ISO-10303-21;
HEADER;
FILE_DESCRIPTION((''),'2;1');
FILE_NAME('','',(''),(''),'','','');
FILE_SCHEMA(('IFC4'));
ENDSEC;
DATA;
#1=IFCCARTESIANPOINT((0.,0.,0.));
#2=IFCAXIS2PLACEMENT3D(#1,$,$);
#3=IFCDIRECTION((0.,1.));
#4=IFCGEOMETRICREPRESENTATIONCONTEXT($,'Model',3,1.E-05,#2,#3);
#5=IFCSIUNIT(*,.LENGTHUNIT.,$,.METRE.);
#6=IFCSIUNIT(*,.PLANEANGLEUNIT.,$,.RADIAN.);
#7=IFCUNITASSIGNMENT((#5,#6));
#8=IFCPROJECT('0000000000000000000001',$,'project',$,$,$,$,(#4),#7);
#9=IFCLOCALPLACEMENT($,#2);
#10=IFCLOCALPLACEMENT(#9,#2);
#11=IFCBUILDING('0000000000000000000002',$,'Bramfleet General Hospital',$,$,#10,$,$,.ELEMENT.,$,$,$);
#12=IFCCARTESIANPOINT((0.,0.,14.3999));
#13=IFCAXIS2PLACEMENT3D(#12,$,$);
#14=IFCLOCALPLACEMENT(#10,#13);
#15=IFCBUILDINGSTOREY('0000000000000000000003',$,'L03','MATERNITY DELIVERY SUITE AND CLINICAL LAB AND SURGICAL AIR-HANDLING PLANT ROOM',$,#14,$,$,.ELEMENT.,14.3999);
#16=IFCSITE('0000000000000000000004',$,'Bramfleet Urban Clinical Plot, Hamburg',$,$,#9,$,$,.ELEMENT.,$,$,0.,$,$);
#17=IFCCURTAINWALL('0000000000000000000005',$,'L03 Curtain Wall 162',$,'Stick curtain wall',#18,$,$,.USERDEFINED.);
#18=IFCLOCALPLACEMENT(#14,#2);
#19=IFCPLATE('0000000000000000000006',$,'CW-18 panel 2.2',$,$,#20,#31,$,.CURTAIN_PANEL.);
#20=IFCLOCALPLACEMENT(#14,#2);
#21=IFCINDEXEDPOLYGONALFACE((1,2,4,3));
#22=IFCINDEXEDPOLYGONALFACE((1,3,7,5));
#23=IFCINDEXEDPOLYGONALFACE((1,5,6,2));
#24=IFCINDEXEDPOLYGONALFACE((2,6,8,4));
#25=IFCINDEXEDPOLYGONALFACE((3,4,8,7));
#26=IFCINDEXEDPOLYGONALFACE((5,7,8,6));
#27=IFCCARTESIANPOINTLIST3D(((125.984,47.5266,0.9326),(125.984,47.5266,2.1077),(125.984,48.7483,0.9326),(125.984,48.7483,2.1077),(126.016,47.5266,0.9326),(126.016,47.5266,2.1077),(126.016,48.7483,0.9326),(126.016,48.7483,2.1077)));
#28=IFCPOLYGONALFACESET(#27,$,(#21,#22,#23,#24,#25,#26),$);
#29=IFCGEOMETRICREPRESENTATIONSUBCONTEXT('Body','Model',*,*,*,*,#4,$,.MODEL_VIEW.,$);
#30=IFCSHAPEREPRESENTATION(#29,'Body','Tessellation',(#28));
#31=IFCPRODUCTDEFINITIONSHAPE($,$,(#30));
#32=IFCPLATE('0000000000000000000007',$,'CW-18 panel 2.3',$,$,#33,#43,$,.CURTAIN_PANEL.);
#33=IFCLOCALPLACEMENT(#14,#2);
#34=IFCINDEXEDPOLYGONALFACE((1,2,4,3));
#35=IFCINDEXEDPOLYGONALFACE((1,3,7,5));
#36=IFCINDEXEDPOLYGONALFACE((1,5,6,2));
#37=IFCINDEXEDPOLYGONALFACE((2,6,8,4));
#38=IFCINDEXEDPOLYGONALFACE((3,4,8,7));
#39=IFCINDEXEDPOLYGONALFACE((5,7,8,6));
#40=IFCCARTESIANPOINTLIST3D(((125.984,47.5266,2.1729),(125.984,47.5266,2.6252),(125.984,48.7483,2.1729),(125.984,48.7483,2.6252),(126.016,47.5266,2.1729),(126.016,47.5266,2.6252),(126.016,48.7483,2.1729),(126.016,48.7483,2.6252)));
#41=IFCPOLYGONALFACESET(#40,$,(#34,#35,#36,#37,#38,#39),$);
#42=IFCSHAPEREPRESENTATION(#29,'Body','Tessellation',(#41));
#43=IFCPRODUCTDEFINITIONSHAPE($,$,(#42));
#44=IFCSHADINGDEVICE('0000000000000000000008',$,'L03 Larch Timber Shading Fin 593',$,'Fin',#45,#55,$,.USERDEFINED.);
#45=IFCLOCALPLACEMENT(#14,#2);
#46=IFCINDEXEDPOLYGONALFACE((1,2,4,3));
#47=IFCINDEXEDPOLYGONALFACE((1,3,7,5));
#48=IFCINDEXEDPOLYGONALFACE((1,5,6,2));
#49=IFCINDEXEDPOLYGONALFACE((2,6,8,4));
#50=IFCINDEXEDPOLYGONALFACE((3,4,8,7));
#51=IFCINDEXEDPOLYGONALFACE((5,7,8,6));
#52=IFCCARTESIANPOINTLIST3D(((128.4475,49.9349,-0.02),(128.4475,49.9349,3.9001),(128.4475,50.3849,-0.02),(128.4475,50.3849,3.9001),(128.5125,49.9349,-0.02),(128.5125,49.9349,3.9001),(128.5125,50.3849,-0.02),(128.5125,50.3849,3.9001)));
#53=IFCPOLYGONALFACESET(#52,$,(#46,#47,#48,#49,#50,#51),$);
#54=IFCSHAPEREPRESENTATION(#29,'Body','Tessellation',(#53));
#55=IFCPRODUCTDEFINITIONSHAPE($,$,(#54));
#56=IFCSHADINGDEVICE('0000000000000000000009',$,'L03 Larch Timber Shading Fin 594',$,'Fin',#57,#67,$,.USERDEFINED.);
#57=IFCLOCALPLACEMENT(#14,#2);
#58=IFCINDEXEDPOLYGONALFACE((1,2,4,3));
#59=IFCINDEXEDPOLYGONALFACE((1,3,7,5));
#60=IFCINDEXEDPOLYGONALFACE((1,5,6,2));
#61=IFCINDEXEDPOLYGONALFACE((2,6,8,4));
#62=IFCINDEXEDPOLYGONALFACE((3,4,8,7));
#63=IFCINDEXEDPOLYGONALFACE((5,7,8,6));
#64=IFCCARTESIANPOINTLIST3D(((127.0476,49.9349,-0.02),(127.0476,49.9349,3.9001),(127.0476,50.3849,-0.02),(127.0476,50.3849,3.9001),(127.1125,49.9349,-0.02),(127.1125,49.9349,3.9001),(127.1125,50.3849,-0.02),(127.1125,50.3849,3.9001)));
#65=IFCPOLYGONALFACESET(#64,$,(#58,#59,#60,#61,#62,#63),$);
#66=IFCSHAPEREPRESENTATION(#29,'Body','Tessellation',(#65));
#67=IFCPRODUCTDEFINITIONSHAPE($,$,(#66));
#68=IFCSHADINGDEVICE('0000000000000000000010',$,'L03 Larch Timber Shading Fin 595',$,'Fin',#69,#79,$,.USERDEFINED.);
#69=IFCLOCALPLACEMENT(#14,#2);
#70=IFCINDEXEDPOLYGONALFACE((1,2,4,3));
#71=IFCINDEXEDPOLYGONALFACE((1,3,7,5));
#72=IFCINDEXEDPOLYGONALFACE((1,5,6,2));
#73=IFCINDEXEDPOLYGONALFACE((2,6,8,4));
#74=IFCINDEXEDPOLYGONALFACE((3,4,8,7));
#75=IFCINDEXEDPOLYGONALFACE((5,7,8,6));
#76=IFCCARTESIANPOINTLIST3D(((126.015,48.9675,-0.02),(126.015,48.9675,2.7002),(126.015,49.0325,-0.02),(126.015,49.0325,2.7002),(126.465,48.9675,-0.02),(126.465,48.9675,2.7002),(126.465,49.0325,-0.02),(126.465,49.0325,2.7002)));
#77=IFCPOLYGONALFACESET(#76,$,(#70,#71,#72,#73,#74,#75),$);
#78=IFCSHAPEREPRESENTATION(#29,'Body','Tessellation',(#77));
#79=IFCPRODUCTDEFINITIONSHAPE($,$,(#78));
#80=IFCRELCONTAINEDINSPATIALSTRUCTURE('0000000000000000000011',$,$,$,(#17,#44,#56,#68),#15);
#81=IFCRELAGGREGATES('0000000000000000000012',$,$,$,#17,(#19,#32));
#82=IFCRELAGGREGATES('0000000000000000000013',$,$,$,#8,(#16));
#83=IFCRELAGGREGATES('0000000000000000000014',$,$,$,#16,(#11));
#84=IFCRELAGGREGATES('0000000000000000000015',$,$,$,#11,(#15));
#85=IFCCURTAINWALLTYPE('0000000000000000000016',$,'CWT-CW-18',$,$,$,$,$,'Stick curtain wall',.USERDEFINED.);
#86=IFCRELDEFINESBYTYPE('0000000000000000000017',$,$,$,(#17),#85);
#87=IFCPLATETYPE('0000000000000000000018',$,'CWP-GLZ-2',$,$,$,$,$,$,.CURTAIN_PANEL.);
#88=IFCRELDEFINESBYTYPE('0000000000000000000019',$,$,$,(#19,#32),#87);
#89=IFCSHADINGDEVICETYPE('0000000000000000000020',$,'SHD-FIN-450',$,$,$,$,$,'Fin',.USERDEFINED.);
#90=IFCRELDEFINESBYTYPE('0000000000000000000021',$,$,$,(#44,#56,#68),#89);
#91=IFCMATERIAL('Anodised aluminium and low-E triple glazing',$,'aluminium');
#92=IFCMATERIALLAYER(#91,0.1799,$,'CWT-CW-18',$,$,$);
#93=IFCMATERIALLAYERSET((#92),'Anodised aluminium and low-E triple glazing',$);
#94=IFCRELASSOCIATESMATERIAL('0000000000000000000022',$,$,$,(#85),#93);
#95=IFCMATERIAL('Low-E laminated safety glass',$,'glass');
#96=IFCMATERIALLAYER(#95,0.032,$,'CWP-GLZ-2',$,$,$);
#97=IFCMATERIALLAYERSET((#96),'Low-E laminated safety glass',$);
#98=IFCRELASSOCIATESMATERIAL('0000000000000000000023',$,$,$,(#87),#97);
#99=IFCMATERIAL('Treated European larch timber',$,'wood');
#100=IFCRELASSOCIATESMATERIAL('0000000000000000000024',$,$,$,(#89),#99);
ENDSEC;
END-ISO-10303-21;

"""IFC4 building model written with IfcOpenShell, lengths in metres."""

from ifc_helpers import new_model, si_unit, direction, frame, origin, origin_2d, place, context, subcontext, project, spatial, rectangle, extrude, material, layer, layer_set, material_profile, profile_set, type_object, element, aggregate, save


model = new_model("IFC4")

# Units and contexts
model_context = context("Model", 3, precision=1e-05, world=origin(), true_north=direction((0.0, 1.0)))
body_context = subcontext(model_context, "Body", "Model", "MODEL_VIEW")
ifc_project = project(units=[si_unit("LENGTHUNIT", "METRE"), si_unit("PLANEANGLEUNIT", "RADIAN")], contexts=[model_context])

# Site, building, storey
site_placement = place(None, origin())
site = spatial("IfcSite", under=ifc_project, at=site_placement, Name="Bramfleet Urban Clinical Plot, Hamburg", CompositionType="ELEMENT", RefElevation=0.0)
building_placement = place(site_placement, origin())
building = spatial("IfcBuilding", under=site, at=building_placement, Name="Bramfleet General Hospital", CompositionType="ELEMENT")
storey_placement = place(building_placement, frame((0.0, 0.0, 14.3999)))
storey = spatial("IfcBuildingStorey", under=building, at=storey_placement, Name="L03", Description="MATERNITY DELIVERY SUITE AND CLINICAL LAB AND SURGICAL AIR-HANDLING PLANT ROOM", CompositionType="ELEMENT", Elevation=14.3999)

# Curtain wall
ifc_material_1 = material(Name="Anodised aluminium and low-E triple glazing", Category="aluminium")
ifc_layer_1 = layer(ifc_material_1, 0.1799, Name="CWT-CW-18")
ifc_layer_set_1 = layer_set([ifc_layer_1], Name="Anodised aluminium and low-E triple glazing")
curtain_wall_type_1 = type_object("IfcCurtainWallType", Name="CWT-CW-18", ElementType="Stick curtain wall", PredefinedType="USERDEFINED", material=ifc_layer_set_1)
curtain_wall_1_placement = place(storey_placement, origin())
curtain_wall_1 = element("IfcCurtainWall", 1, at=curtain_wall_1_placement, inside=storey, type_object=curtain_wall_type_1, Name="L03 Curtain Wall 162", ObjectType="Stick curtain wall", PredefinedType="USERDEFINED")

# Plates
ifc_material_2 = material(Name="Low-E laminated safety glass", Category="glass")
ifc_layer_2 = layer(ifc_material_2, 0.032, Name="CWP-GLZ-2")
ifc_layer_set_2 = layer_set([ifc_layer_2], Name="Low-E laminated safety glass")
plate_type_1 = type_object("IfcPlateType", Name="CWP-GLZ-2", PredefinedType="CURTAIN_PANEL", material=ifc_layer_set_2)
plate_1_placement = place(storey_placement, frame((126.0, 48.1375, 0.9326), z_axis=(0.0, 0.0, 1.0), x_axis=(0.0, -1.0, 0.0)))
plate_1 = element("IfcPlate", 2, at=plate_1_placement, type_object=plate_type_1, Name="CW-18 panel 2.2", PredefinedType="CURTAIN_PANEL", context=body_context, shape_type="SweptSolid", body=[
    extrude(rectangle(XDim=1.2217, YDim=0.032, at=origin_2d()), origin(), (0.0, 0.0, 1.0), 1.175),
])
plate_2_placement = place(storey_placement, frame((126.0, 48.1375, 2.1729), z_axis=(0.0, 0.0, 1.0), x_axis=(0.0, -1.0, 0.0)))
plate_2 = element("IfcPlate", 3, at=plate_2_placement, type_object=plate_type_1, Name="CW-18 panel 2.3", PredefinedType="CURTAIN_PANEL", context=body_context, shape_type="SweptSolid", body=[
    extrude(rectangle(XDim=1.2217, YDim=0.032, at=origin_2d()), origin(), (0.0, 0.0, 1.0), 0.4524),
])
aggregate(curtain_wall_1, [plate_1, plate_2])

# Shading devices
ifc_material_3 = material(Name="Treated European larch timber", Category="wood")
ifc_material_profile_1 = material_profile(ifc_material_3, rectangle(XDim=0.0649, YDim=0.45, at=origin_2d()), Name="LARCH FIN 450x65")
ifc_profile_set_1 = profile_set([ifc_material_profile_1], Name="Treated European larch timber")
shading_device_type = type_object("IfcShadingDeviceType", Name="SHD-FIN-450", ElementType="Fin", PredefinedType="USERDEFINED", material=ifc_profile_set_1)
for number, where, z_axis, x_axis, name in (
    (4, (128.48, 50.1599, -0.02), (0.0, 0.0, 1.0), (-1.0, 0.0, 0.0), "L03 Larch Timber Shading Fin 593"),
    (5, (127.0801, 50.1599, -0.02), (0.0, 0.0, 1.0), (-1.0, 0.0, 0.0), "L03 Larch Timber Shading Fin 594"),
):
    element("IfcShadingDevice", number, at=place(storey_placement, frame(where, z_axis=z_axis, x_axis=x_axis)), inside=storey, type_object=shading_device_type, Name=name, ObjectType="Fin", PredefinedType="USERDEFINED", context=body_context, shape_type="SweptSolid", body=[
        extrude(rectangle(XDim=0.0649, YDim=0.45, at=origin_2d()), origin(), (0.0, 0.0, 1.0), 3.9202),
    ])
shading_device_placement = place(storey_placement, frame((126.24, 49.0, -0.02), z_axis=(0.0, 0.0, 1.0), x_axis=(0.0, -1.0, 0.0)))
element("IfcShadingDevice", 6, at=shading_device_placement, inside=storey, type_object=shading_device_type, Name="L03 Larch Timber Shading Fin 595", ObjectType="Fin", PredefinedType="USERDEFINED", context=body_context, shape_type="SweptSolid", body=[
    extrude(rectangle(XDim=0.0649, YDim=0.45, at=origin_2d()), origin(), (0.0, 0.0, 1.0), 2.7202),
])

save(model, "model.ifc")
